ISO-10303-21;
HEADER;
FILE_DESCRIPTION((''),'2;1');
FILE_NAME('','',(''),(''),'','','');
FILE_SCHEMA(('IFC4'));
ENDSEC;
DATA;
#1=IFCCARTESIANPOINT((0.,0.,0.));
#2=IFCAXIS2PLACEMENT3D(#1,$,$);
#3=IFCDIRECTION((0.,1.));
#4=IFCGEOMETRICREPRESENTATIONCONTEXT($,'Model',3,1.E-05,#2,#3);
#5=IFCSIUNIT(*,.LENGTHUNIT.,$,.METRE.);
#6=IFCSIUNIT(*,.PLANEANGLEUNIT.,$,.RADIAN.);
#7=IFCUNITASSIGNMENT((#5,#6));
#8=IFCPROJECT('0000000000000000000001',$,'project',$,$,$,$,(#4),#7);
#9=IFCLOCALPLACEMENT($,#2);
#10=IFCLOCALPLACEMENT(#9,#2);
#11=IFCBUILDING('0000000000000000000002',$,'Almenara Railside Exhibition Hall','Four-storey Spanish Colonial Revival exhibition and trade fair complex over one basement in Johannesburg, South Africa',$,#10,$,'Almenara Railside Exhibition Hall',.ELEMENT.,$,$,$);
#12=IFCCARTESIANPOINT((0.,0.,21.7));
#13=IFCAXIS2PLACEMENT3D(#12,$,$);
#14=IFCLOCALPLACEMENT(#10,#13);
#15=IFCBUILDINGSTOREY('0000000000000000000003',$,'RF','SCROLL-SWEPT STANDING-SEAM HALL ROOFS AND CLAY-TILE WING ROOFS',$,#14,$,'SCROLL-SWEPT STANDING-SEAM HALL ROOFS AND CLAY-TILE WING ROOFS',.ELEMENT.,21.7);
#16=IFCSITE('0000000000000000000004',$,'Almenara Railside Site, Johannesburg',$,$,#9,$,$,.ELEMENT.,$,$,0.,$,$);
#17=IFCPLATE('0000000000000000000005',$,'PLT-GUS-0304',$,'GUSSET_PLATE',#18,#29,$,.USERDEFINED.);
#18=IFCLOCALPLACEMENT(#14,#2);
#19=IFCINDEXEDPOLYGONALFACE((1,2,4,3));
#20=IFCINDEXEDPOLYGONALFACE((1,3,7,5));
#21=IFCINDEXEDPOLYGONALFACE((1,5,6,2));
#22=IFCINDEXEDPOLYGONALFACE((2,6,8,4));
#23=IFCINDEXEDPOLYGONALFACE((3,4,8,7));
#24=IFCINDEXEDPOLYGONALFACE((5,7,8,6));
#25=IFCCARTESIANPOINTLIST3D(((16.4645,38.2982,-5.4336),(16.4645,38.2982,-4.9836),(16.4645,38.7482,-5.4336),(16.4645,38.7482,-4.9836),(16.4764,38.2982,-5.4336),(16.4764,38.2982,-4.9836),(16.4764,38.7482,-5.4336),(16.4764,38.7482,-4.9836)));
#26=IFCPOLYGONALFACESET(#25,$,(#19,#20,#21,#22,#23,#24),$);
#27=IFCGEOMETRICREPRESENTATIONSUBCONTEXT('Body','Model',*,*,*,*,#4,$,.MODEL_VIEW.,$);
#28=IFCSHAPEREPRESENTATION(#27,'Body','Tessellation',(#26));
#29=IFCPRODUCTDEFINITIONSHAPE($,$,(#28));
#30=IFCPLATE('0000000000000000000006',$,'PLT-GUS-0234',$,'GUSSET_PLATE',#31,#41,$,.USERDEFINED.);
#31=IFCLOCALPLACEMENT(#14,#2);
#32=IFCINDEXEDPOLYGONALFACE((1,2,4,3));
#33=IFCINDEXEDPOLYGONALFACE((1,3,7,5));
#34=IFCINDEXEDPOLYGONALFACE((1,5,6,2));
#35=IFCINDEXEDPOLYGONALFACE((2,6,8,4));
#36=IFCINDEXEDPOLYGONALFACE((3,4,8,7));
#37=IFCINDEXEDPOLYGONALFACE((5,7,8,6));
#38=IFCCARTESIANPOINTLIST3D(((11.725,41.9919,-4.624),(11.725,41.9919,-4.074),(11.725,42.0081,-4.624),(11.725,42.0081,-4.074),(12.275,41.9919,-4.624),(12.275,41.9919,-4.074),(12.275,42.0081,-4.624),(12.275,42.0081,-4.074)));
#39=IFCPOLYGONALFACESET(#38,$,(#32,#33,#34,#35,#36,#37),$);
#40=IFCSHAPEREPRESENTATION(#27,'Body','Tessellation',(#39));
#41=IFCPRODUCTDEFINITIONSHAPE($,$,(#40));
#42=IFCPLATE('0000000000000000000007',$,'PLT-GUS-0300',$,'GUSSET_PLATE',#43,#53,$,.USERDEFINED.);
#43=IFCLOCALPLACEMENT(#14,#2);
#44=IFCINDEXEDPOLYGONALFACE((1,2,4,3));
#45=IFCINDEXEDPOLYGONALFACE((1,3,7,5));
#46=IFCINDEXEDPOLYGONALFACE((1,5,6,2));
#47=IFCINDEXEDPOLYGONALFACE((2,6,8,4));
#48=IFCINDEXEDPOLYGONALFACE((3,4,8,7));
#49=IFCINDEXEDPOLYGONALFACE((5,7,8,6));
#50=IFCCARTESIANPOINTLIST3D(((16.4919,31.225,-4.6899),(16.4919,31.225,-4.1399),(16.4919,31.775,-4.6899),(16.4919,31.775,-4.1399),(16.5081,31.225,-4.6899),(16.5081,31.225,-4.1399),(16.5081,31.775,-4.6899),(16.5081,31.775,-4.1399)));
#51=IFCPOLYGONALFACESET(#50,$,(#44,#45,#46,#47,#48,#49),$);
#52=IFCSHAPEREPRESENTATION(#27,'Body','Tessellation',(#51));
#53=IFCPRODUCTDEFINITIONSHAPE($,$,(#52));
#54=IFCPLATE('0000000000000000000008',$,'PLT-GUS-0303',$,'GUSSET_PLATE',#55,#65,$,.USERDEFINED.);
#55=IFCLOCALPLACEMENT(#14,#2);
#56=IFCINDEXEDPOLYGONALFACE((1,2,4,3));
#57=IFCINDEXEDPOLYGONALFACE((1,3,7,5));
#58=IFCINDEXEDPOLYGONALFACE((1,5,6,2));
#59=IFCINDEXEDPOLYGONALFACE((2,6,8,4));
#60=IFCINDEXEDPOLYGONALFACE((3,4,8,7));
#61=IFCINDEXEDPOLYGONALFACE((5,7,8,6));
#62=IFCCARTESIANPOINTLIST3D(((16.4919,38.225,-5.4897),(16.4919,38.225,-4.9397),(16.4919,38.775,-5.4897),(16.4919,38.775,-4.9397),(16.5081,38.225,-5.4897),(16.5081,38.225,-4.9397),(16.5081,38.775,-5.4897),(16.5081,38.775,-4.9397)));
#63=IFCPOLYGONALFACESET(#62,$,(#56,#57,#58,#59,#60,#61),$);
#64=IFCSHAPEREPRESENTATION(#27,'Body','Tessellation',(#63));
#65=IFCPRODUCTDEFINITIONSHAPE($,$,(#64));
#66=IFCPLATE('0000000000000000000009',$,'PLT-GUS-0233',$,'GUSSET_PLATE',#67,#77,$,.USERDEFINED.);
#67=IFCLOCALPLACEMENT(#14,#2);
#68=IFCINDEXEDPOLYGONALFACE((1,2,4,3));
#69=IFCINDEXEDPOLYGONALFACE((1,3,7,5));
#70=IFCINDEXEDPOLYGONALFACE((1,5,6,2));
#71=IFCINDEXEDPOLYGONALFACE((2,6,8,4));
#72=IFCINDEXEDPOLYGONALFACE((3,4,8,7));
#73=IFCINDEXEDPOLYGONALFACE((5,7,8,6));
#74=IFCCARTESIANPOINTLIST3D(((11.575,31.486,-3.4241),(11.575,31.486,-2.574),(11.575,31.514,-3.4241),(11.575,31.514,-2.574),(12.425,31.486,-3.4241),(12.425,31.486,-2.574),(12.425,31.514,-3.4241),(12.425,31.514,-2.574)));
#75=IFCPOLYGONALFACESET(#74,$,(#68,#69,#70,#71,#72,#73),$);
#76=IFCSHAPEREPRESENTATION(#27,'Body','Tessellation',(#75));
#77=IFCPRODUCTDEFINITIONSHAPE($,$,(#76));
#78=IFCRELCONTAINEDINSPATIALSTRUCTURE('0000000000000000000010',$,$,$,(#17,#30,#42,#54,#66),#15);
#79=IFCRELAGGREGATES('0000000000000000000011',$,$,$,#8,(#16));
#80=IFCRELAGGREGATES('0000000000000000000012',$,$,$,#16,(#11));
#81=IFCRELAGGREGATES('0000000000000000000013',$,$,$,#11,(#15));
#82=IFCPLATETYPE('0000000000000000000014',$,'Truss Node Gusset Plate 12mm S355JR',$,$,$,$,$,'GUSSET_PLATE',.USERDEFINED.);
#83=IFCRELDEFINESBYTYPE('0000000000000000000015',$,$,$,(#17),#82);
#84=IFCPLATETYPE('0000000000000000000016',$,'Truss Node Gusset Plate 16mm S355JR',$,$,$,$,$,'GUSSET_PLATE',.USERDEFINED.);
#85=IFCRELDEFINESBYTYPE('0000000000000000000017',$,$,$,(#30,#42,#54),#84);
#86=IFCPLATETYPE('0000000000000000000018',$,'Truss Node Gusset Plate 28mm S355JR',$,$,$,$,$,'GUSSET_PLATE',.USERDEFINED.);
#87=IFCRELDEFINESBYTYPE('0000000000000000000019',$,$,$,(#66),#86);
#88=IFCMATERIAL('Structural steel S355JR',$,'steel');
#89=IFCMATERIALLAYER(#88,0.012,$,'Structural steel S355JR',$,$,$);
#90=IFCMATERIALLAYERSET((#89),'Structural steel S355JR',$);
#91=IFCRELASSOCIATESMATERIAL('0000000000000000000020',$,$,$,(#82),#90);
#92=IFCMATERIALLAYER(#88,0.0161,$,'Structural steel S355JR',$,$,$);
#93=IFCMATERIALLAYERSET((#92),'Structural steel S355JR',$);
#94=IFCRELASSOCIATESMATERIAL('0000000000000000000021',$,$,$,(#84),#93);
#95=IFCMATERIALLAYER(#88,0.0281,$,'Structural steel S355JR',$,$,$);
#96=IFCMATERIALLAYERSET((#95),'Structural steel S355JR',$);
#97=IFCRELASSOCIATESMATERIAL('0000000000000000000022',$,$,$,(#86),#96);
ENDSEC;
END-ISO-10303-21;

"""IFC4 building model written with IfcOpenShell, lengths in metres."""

from ifc_helpers import new_model, si_unit, direction, frame, origin, origin_2d, place, context, subcontext, project, spatial, rectangle, extrude, material, layer, layer_set, type_object, element, save


model = new_model("IFC4")

# Units and contexts
model_context = context("Model", 3, precision=1e-05, world=origin(), true_north=direction((0.0, 1.0)))
body_context = subcontext(model_context, "Body", "Model", "MODEL_VIEW")
ifc_project = project(units=[si_unit("LENGTHUNIT", "METRE"), si_unit("PLANEANGLEUNIT", "RADIAN")], contexts=[model_context])

# Site, building, storey
site_placement = place(None, origin())
site = spatial("IfcSite", under=ifc_project, at=site_placement, Name="Almenara Railside Site, Johannesburg", CompositionType="ELEMENT", RefElevation=0.0)
building_placement = place(site_placement, origin())
building = spatial("IfcBuilding", under=site, at=building_placement, Name="Almenara Railside Exhibition Hall", Description="Four-storey Spanish Colonial Revival exhibition and trade fair complex over one basement in Johannesburg, South Africa", LongName="Almenara Railside Exhibition Hall", CompositionType="ELEMENT")
storey_placement = place(building_placement, frame((0.0, 0.0, 21.7)))
storey = spatial("IfcBuildingStorey", under=building, at=storey_placement, Name="RF", Description="SCROLL-SWEPT STANDING-SEAM HALL ROOFS AND CLAY-TILE WING ROOFS", LongName="SCROLL-SWEPT STANDING-SEAM HALL ROOFS AND CLAY-TILE WING ROOFS", CompositionType="ELEMENT", Elevation=21.7)

# Shared definitions
ifc_material_1 = material(Name="Structural steel S355JR", Category="steel")

# Plates
ifc_layer_1 = layer(ifc_material_1, 0.012, Name="Structural steel S355JR")
ifc_layer_set_1 = layer_set([ifc_layer_1], Name="Structural steel S355JR")
plate_type_1 = type_object("IfcPlateType", Name="Truss Node Gusset Plate 12mm S355JR", ElementType="GUSSET_PLATE", PredefinedType="USERDEFINED", material=ifc_layer_set_1)
for number, where, z_axis, x_axis, name in (
    (1, (16.4705, 38.5232, -5.4336), (0.0, 0.0, 1.0), (0.0, 1.0, 0.0), "PLT-GUS-0304"),
):
    element("IfcPlate", number, at=place(storey_placement, frame(where, z_axis=z_axis, x_axis=x_axis)), inside=storey, type_object=plate_type_1, Name=name, ObjectType="GUSSET_PLATE", PredefinedType="USERDEFINED", context=body_context, shape_type="SweptSolid", body=[
        extrude(rectangle(XDim=0.45, YDim=0.012, at=origin_2d()), origin(), (0.0, 0.0, 1.0), 0.45),
    ])
ifc_layer_2 = layer(ifc_material_1, 0.0161, Name="Structural steel S355JR")
ifc_layer_set_2 = layer_set([ifc_layer_2], Name="Structural steel S355JR")
plate_type_2 = type_object("IfcPlateType", Name="Truss Node Gusset Plate 16mm S355JR", ElementType="GUSSET_PLATE", PredefinedType="USERDEFINED", material=ifc_layer_set_2)
for number, where, z_axis, x_axis, name in (
    (2, (12.0, 42.0, -4.624), (0.0, 0.0, 1.0), (1.0, 0.0, 0.0), "PLT-GUS-0234"),
    (3, (16.5, 31.5, -4.6899), (0.0, 0.0, 1.0), (0.0, 1.0, 0.0), "PLT-GUS-0300"),
    (4, (16.5, 38.5, -5.4897), (0.0, 0.0, 1.0), (0.0, 1.0, 0.0), "PLT-GUS-0303"),
):
    element("IfcPlate", number, at=place(storey_placement, frame(where, z_axis=z_axis, x_axis=x_axis)), inside=storey, type_object=plate_type_2, Name=name, ObjectType="GUSSET_PLATE", PredefinedType="USERDEFINED", context=body_context, shape_type="SweptSolid", body=[
        extrude(rectangle(XDim=0.55, YDim=0.0161, at=origin_2d()), origin(), (0.0, 0.0, 1.0), 0.55),
    ])
ifc_layer_3 = layer(ifc_material_1, 0.0281, Name="Structural steel S355JR")
ifc_layer_set_3 = layer_set([ifc_layer_3], Name="Structural steel S355JR")
plate_type_3 = type_object("IfcPlateType", Name="Truss Node Gusset Plate 28mm S355JR", ElementType="GUSSET_PLATE", PredefinedType="USERDEFINED", material=ifc_layer_set_3)
plate_placement = place(storey_placement, frame((12.0, 31.5, -3.4241), z_axis=(0.0, 0.0, 1.0), x_axis=(1.0, 0.0, 0.0)))
element("IfcPlate", 5, at=plate_placement, inside=storey, type_object=plate_type_3, Name="PLT-GUS-0233", ObjectType="GUSSET_PLATE", PredefinedType="USERDEFINED", context=body_context, shape_type="SweptSolid", body=[
    extrude(rectangle(XDim=0.8501, YDim=0.0281, at=origin_2d()), origin(), (0.0, 0.0, 1.0), 0.8501),
])

save(model, "model.ifc")
